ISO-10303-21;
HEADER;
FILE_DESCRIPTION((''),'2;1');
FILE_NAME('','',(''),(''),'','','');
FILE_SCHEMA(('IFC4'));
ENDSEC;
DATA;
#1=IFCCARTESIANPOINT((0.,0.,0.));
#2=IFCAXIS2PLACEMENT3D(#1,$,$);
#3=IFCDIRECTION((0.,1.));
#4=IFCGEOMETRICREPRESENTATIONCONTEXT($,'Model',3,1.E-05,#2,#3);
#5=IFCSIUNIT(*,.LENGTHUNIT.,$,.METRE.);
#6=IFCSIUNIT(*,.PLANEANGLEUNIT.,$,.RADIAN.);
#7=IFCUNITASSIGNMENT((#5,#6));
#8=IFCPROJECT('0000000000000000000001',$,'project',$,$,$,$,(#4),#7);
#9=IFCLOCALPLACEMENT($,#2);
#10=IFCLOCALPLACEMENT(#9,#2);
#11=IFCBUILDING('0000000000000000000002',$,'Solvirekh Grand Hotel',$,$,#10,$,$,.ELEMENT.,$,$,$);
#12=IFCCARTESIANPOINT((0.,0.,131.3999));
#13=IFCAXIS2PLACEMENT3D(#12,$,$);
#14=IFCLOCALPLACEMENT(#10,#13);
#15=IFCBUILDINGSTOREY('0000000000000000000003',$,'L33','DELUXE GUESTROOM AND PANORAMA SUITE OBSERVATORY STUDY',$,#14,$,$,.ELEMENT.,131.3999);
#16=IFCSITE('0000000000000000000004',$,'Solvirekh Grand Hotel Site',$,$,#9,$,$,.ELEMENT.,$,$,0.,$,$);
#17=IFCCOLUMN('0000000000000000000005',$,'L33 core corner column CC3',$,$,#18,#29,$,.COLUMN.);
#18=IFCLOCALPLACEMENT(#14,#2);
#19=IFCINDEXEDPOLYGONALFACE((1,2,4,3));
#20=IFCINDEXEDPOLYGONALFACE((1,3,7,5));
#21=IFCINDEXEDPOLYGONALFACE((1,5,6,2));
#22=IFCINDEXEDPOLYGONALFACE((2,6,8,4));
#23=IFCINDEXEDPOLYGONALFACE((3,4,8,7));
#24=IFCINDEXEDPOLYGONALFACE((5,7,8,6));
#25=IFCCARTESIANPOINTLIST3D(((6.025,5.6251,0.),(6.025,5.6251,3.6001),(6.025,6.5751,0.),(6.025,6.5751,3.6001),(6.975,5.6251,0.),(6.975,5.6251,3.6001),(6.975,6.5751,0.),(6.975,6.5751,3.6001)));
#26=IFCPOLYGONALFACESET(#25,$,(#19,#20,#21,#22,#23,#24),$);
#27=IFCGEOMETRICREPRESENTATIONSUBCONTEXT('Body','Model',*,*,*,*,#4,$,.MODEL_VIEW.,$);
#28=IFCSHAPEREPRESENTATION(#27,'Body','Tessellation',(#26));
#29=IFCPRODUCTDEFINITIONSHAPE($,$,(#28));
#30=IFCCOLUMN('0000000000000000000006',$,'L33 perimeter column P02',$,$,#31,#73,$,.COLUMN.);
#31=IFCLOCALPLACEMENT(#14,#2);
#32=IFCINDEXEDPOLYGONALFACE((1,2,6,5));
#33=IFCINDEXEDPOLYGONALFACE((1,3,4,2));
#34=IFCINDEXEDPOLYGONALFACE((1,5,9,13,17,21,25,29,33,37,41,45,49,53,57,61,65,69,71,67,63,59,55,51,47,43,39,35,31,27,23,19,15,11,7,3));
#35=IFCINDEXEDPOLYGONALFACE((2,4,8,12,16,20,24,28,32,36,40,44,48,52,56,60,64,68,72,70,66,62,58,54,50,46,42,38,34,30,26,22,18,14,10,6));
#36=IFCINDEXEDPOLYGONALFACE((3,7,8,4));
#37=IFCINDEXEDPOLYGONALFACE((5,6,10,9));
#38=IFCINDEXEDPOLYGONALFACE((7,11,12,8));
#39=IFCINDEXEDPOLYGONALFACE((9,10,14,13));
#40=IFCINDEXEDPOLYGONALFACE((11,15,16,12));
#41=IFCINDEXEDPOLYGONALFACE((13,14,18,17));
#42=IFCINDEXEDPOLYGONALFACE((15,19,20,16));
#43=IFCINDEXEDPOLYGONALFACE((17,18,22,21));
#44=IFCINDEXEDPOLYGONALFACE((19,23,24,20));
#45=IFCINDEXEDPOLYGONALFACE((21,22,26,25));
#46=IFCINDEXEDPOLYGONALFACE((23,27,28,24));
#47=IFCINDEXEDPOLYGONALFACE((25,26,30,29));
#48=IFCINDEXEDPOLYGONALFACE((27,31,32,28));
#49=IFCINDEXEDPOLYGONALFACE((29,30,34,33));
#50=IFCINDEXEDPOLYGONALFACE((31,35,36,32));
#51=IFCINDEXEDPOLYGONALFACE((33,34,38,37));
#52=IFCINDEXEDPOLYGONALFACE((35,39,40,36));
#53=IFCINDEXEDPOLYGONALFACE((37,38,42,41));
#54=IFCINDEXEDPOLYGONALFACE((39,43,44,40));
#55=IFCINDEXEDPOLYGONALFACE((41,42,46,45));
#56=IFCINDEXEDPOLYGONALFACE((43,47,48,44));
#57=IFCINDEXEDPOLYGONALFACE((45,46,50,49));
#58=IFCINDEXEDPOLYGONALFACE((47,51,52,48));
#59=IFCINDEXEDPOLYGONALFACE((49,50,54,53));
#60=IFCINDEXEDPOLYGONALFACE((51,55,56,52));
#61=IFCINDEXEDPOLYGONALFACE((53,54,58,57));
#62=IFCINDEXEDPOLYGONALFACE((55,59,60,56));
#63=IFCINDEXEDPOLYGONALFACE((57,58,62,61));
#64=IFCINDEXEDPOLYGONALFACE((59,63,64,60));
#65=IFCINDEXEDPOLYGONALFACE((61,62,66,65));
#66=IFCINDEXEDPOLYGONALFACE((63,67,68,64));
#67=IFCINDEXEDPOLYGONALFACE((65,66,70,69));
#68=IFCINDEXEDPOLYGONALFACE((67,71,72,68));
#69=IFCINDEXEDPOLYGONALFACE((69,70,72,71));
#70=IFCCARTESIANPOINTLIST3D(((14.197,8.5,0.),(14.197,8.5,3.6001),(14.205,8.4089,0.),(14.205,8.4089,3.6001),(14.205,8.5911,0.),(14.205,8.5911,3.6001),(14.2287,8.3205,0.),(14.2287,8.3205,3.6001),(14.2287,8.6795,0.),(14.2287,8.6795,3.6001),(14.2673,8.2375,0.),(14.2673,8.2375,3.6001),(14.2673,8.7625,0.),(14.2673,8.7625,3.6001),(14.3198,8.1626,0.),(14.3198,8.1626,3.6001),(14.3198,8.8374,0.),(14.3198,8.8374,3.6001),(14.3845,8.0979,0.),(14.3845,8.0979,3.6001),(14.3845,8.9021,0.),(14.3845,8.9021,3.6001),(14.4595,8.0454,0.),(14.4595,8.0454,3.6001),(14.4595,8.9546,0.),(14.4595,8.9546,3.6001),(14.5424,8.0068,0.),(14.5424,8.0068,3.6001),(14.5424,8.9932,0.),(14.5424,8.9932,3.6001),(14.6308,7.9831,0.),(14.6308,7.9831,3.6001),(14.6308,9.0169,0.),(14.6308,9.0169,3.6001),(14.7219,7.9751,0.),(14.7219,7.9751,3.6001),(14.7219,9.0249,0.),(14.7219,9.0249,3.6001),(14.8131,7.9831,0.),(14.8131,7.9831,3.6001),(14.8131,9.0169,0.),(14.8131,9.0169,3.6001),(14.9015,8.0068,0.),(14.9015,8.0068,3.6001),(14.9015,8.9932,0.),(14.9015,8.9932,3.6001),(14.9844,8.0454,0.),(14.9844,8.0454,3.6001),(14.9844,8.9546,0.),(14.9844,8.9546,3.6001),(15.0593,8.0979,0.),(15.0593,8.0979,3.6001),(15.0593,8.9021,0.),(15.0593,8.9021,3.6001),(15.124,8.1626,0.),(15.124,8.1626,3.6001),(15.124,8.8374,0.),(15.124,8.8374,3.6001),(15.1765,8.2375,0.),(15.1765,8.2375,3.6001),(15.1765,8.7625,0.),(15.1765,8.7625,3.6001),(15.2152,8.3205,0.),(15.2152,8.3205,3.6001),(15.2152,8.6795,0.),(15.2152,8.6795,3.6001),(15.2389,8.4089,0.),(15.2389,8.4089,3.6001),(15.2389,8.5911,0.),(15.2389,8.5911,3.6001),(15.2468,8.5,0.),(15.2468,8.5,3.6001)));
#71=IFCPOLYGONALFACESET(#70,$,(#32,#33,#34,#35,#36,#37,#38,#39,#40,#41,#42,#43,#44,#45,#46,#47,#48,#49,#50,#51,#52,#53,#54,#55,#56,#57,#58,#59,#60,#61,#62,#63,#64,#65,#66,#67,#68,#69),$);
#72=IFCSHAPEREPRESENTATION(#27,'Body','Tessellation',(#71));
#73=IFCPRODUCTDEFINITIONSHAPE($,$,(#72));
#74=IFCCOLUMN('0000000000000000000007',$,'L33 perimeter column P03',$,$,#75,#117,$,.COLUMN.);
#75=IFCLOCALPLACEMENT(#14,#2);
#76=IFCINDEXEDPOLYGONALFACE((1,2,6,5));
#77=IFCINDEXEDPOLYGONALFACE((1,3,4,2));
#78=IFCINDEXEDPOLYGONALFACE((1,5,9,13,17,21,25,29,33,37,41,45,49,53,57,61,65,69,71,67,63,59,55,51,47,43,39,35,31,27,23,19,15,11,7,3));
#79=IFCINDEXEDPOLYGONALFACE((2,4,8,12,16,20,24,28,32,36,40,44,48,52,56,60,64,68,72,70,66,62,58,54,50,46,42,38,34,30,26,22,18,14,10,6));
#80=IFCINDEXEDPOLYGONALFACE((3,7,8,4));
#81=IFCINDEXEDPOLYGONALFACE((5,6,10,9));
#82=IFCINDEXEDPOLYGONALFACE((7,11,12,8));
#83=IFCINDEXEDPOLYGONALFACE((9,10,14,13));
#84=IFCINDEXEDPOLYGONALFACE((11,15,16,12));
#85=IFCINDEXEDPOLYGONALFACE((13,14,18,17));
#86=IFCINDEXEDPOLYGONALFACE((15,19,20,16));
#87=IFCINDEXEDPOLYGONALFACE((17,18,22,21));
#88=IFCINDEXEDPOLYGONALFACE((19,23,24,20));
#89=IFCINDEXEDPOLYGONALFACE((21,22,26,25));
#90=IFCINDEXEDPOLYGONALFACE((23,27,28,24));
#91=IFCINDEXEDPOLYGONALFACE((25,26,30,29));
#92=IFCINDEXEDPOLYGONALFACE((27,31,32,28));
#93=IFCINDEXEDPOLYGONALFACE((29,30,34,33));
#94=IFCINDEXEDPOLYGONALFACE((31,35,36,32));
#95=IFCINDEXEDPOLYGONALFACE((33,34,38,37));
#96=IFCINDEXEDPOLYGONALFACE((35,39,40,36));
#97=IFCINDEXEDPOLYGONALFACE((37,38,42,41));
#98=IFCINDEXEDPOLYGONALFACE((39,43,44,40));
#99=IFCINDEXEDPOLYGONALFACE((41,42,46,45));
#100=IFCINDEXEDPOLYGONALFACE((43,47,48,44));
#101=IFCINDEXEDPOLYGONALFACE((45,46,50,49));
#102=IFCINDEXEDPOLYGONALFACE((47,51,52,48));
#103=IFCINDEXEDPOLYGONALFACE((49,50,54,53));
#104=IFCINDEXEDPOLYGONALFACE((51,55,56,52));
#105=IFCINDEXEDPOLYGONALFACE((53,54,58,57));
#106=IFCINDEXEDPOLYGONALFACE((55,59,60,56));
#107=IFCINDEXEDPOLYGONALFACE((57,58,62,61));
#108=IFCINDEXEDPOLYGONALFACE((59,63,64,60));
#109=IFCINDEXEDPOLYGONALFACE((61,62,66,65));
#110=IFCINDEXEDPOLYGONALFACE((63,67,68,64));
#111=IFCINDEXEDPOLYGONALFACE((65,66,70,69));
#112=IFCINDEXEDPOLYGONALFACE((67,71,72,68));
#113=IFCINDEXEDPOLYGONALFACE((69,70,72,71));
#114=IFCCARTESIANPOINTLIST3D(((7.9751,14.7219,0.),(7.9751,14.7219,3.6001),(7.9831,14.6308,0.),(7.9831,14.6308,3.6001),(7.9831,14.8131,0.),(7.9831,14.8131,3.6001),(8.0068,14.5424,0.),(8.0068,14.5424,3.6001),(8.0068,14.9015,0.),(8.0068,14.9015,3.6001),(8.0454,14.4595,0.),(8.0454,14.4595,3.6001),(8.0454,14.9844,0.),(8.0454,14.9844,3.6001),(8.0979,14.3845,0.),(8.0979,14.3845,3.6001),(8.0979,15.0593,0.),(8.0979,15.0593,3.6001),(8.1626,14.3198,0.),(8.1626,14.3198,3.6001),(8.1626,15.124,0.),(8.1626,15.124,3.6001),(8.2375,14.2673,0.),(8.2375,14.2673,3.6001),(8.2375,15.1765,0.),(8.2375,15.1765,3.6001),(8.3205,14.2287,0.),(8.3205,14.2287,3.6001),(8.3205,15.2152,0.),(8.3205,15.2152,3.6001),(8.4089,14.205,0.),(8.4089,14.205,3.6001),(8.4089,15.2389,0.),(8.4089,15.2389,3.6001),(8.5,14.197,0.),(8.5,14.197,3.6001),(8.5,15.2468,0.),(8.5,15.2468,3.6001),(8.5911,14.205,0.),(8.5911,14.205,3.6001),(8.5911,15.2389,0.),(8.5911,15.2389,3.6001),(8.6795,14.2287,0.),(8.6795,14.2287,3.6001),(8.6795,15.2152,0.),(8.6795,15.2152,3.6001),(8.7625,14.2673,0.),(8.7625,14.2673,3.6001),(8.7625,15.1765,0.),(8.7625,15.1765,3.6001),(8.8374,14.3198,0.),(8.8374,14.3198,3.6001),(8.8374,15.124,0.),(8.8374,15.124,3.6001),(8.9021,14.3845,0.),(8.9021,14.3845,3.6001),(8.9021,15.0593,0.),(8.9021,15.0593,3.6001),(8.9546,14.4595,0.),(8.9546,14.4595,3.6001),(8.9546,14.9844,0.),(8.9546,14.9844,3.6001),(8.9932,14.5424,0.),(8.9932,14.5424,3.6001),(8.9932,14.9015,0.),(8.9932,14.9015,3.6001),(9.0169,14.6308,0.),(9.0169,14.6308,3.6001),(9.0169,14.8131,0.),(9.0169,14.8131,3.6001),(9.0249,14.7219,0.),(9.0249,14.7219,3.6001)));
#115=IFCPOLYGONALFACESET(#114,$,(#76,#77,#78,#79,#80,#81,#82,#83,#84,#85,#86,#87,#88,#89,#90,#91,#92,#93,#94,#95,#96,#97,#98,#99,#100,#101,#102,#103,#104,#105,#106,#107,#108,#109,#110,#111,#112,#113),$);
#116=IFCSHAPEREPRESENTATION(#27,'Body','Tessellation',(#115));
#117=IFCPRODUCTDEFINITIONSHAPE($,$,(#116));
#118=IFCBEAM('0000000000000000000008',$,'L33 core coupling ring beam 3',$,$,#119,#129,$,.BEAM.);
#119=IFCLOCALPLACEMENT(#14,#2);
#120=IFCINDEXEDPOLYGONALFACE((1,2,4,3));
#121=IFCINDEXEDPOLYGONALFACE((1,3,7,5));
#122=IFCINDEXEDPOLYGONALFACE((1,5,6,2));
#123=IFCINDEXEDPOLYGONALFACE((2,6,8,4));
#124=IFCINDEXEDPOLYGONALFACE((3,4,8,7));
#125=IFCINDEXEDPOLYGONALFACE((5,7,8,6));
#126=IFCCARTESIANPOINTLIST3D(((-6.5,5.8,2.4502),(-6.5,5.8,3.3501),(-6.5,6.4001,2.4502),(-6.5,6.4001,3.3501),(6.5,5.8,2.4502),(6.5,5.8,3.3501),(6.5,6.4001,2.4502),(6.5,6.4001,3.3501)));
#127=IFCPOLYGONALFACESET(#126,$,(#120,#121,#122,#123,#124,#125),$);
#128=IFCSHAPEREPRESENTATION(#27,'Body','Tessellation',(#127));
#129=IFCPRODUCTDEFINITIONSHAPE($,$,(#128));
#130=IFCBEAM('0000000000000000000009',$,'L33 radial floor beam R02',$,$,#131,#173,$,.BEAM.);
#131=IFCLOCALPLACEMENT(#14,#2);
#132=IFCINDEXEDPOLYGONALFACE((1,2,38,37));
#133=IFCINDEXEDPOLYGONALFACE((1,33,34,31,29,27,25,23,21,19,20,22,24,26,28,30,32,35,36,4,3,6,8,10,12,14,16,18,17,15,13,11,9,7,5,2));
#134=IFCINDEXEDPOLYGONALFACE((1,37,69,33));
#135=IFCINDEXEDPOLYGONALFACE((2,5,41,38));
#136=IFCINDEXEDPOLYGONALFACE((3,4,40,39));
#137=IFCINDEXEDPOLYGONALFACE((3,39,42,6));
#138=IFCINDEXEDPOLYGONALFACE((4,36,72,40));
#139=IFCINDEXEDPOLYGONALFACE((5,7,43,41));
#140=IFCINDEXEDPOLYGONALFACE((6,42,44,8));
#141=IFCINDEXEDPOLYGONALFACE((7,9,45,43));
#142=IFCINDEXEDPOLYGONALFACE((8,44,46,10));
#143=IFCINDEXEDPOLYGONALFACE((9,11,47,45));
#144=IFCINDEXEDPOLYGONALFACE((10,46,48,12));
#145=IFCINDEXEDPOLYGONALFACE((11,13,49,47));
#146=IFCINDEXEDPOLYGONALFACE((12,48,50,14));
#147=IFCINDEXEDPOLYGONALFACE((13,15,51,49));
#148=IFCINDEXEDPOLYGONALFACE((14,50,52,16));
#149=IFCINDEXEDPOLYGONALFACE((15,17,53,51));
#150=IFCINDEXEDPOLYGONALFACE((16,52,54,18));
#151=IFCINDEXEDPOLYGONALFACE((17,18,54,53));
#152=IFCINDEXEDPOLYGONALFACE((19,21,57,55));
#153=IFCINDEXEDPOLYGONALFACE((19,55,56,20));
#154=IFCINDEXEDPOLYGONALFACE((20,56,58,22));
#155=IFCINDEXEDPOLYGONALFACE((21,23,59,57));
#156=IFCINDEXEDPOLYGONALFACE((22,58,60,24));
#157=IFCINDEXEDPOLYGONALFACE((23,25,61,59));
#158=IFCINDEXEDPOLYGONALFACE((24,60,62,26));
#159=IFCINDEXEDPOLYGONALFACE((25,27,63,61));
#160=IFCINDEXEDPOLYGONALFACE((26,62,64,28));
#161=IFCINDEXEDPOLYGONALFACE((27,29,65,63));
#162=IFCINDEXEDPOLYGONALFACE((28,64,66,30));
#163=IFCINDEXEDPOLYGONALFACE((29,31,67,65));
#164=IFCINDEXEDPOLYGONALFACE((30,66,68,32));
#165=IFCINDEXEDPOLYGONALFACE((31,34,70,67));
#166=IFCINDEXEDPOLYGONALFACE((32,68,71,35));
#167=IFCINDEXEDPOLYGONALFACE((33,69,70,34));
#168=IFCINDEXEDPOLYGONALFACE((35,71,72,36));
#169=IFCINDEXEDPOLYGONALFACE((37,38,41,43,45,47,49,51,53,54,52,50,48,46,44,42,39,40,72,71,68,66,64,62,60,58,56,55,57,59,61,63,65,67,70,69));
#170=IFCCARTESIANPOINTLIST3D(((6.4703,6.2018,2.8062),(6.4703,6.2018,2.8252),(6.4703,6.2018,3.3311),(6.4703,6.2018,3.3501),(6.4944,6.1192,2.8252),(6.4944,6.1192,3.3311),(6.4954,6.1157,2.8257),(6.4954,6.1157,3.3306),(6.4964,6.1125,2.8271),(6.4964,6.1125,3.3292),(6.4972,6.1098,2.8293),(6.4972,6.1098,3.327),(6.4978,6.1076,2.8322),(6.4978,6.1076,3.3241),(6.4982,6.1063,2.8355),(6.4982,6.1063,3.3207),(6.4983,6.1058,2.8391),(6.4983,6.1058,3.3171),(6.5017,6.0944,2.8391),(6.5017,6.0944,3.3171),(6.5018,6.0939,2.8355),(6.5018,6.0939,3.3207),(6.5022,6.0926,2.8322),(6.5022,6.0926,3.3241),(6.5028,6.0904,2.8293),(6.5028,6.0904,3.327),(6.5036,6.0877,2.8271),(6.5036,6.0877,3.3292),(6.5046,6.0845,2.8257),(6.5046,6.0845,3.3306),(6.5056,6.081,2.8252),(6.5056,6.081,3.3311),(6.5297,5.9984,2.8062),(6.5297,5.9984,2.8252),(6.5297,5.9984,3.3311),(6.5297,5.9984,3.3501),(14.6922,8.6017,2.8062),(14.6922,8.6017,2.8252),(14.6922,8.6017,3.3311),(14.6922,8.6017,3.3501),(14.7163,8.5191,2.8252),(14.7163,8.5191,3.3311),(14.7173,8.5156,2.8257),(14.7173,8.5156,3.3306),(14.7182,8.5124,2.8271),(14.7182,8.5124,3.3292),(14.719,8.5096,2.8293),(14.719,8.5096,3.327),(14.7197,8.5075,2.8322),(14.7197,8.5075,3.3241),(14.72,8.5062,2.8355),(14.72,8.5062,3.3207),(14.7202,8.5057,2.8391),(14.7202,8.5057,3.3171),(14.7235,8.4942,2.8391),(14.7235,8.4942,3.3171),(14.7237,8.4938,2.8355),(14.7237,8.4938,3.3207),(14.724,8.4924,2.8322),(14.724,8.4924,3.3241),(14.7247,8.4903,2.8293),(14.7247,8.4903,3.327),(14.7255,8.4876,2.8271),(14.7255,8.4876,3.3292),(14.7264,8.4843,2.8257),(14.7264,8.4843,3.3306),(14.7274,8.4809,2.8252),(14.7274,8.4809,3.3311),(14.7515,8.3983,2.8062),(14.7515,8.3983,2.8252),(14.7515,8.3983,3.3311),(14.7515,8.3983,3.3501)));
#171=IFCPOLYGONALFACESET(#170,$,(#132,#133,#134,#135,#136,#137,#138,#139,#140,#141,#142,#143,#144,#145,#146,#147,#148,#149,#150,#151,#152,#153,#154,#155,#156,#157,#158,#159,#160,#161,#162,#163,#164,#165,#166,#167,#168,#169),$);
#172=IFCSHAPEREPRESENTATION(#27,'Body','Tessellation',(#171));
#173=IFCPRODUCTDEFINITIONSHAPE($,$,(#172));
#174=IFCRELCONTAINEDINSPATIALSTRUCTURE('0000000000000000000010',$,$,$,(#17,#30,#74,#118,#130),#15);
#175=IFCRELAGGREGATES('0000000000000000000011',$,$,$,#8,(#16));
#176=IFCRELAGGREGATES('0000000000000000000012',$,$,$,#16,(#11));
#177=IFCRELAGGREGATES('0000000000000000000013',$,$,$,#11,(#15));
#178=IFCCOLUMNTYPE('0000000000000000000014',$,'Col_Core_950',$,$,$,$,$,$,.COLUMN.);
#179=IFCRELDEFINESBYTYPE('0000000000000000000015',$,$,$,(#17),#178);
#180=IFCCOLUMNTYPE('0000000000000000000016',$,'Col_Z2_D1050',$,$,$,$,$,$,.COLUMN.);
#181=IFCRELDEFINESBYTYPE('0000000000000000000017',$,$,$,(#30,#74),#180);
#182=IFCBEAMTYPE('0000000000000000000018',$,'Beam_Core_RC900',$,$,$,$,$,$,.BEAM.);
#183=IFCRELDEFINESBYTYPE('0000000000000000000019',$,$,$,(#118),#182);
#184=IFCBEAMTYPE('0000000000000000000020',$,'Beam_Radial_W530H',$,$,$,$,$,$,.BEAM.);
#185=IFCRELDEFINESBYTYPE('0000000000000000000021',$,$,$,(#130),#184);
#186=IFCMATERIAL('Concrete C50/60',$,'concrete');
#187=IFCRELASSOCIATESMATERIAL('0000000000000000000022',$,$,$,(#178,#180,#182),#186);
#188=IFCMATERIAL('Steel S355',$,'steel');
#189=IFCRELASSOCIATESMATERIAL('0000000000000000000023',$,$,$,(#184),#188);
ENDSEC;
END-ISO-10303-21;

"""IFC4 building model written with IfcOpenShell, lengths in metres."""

from ifc_helpers import new_model, si_unit, direction, frame, origin, origin_2d, place, context, subcontext, project, spatial, rectangle, circle, i_section, extrude, material, material_profile, profile_set, type_object, element, save


model = new_model("IFC4")

# Units and contexts
model_context = context("Model", 3, precision=1e-05, world=origin(), true_north=direction((0.0, 1.0)))
body_context = subcontext(model_context, "Body", "Model", "MODEL_VIEW")
ifc_project = project(units=[si_unit("LENGTHUNIT", "METRE"), si_unit("PLANEANGLEUNIT", "RADIAN")], contexts=[model_context])

# Site, building, storey
site_placement = place(None, origin())
site = spatial("IfcSite", under=ifc_project, at=site_placement, Name="Solvirekh Grand Hotel Site", CompositionType="ELEMENT", RefElevation=0.0)
building_placement = place(site_placement, origin())
building = spatial("IfcBuilding", under=site, at=building_placement, Name="Solvirekh Grand Hotel", CompositionType="ELEMENT")
storey_placement = place(building_placement, frame((0.0, 0.0, 131.3999)))
storey = spatial("IfcBuildingStorey", under=building, at=storey_placement, Name="L33", Description="DELUXE GUESTROOM AND PANORAMA SUITE OBSERVATORY STUDY", CompositionType="ELEMENT", Elevation=131.3999)

# Columns
ifc_material_1 = material(Name="Concrete C50/60", Category="concrete")
ifc_material_profile_1 = material_profile(ifc_material_1, rectangle(XDim=0.95, YDim=0.95, at=origin_2d()), Name="RC 950X950")
ifc_profile_set_1 = profile_set([ifc_material_profile_1], Name="Concrete C50/60")
column_type_1 = type_object("IfcColumnType", Name="Col_Core_950", PredefinedType="COLUMN", material=ifc_profile_set_1)
column_placement = place(storey_placement, frame((6.5, 6.1001, 0.0), z_axis=(0.0, 0.0, 1.0), x_axis=(1.0, 0.0, 0.0)))
element("IfcColumn", 1, at=column_placement, inside=storey, type_object=column_type_1, Name="L33 core corner column CC3", PredefinedType="COLUMN", context=body_context, shape_type="SweptSolid", body=[
    extrude(rectangle(XDim=0.95, YDim=0.95, at=origin_2d()), origin(), (0.0, 0.0, 1.0), 3.6001),
])
ifc_material_profile_2 = material_profile(ifc_material_1, circle(Radius=0.5249, at=origin_2d()), Name="RC CIRC D1050")
ifc_profile_set_2 = profile_set([ifc_material_profile_2], Name="Concrete C50/60")
column_type_2 = type_object("IfcColumnType", Name="Col_Z2_D1050", PredefinedType="COLUMN", material=ifc_profile_set_2)
for number, where, z_axis, x_axis, name in (
    (2, (14.7219, 8.5, 0.0), (0.0, 0.0, 1.0), (1.0, 0.0, 0.0), "L33 perimeter column P02"),
    (3, (8.5, 14.7219, 0.0), (0.0, 0.0, 1.0), (1.0, 0.0, 0.0), "L33 perimeter column P03"),
):
    element("IfcColumn", number, at=place(storey_placement, frame(where, z_axis=z_axis, x_axis=x_axis)), inside=storey, type_object=column_type_2, Name=name, PredefinedType="COLUMN", context=body_context, shape_type="SweptSolid", body=[
        extrude(circle(Radius=0.5249, at=origin_2d()), origin(), (0.0, 0.0, 1.0), 3.6001),
    ])

# Beams
ifc_material_profile_3 = material_profile(ifc_material_1, rectangle(XDim=0.6001, YDim=0.8999, at=origin_2d()), Name="RC BEAM 600X900")
ifc_profile_set_3 = profile_set([ifc_material_profile_3], Name="Concrete C50/60")
beam_type_1 = type_object("IfcBeamType", Name="Beam_Core_RC900", PredefinedType="BEAM", material=ifc_profile_set_3)
beam_1_placement = place(storey_placement, frame((6.5, 6.1001, 2.9001), z_axis=(-1.0, 0.0, 0.0), x_axis=(0.0, -1.0, 0.0)))
element("IfcBeam", 4, at=beam_1_placement, inside=storey, type_object=beam_type_1, Name="L33 core coupling ring beam 3", PredefinedType="BEAM", context=body_context, shape_type="SweptSolid", body=[
    extrude(rectangle(XDim=0.6001, YDim=0.8999, at=origin_2d()), origin(), (0.0, 0.0, 1.0), 13.0),
])
ifc_material_2 = material(Name="Steel S355", Category="steel")
ifc_material_profile_4 = material_profile(ifc_material_2, i_section(OverallWidth=0.2119, OverallDepth=0.5439, WebThickness=0.012, FlangeThickness=0.019, FilletRadius=0.0139, at=origin_2d()), Name="W530X123")
ifc_profile_set_4 = profile_set([ifc_material_profile_4], Name="Steel S355")
beam_type_2 = type_object("IfcBeamType", Name="Beam_Radial_W530H", PredefinedType="BEAM", material=ifc_profile_set_4)
beam_2_placement = place(storey_placement, frame((6.5, 6.1001, 3.0781), z_axis=(0.959942, 0.280198, 0.0), x_axis=(-0.280198, 0.959942, 0.0)))
element("IfcBeam", 5, at=beam_2_placement, inside=storey, type_object=beam_type_2, Name="L33 radial floor beam R02", PredefinedType="BEAM", context=body_context, shape_type="SweptSolid", body=[
    extrude(i_section(OverallWidth=0.2119, OverallDepth=0.5439, WebThickness=0.012, FlangeThickness=0.019, FilletRadius=0.0139, at=origin_2d()), origin(), (0.0, 0.0, 1.0), 8.5649),
])

save(model, "model.ifc")
